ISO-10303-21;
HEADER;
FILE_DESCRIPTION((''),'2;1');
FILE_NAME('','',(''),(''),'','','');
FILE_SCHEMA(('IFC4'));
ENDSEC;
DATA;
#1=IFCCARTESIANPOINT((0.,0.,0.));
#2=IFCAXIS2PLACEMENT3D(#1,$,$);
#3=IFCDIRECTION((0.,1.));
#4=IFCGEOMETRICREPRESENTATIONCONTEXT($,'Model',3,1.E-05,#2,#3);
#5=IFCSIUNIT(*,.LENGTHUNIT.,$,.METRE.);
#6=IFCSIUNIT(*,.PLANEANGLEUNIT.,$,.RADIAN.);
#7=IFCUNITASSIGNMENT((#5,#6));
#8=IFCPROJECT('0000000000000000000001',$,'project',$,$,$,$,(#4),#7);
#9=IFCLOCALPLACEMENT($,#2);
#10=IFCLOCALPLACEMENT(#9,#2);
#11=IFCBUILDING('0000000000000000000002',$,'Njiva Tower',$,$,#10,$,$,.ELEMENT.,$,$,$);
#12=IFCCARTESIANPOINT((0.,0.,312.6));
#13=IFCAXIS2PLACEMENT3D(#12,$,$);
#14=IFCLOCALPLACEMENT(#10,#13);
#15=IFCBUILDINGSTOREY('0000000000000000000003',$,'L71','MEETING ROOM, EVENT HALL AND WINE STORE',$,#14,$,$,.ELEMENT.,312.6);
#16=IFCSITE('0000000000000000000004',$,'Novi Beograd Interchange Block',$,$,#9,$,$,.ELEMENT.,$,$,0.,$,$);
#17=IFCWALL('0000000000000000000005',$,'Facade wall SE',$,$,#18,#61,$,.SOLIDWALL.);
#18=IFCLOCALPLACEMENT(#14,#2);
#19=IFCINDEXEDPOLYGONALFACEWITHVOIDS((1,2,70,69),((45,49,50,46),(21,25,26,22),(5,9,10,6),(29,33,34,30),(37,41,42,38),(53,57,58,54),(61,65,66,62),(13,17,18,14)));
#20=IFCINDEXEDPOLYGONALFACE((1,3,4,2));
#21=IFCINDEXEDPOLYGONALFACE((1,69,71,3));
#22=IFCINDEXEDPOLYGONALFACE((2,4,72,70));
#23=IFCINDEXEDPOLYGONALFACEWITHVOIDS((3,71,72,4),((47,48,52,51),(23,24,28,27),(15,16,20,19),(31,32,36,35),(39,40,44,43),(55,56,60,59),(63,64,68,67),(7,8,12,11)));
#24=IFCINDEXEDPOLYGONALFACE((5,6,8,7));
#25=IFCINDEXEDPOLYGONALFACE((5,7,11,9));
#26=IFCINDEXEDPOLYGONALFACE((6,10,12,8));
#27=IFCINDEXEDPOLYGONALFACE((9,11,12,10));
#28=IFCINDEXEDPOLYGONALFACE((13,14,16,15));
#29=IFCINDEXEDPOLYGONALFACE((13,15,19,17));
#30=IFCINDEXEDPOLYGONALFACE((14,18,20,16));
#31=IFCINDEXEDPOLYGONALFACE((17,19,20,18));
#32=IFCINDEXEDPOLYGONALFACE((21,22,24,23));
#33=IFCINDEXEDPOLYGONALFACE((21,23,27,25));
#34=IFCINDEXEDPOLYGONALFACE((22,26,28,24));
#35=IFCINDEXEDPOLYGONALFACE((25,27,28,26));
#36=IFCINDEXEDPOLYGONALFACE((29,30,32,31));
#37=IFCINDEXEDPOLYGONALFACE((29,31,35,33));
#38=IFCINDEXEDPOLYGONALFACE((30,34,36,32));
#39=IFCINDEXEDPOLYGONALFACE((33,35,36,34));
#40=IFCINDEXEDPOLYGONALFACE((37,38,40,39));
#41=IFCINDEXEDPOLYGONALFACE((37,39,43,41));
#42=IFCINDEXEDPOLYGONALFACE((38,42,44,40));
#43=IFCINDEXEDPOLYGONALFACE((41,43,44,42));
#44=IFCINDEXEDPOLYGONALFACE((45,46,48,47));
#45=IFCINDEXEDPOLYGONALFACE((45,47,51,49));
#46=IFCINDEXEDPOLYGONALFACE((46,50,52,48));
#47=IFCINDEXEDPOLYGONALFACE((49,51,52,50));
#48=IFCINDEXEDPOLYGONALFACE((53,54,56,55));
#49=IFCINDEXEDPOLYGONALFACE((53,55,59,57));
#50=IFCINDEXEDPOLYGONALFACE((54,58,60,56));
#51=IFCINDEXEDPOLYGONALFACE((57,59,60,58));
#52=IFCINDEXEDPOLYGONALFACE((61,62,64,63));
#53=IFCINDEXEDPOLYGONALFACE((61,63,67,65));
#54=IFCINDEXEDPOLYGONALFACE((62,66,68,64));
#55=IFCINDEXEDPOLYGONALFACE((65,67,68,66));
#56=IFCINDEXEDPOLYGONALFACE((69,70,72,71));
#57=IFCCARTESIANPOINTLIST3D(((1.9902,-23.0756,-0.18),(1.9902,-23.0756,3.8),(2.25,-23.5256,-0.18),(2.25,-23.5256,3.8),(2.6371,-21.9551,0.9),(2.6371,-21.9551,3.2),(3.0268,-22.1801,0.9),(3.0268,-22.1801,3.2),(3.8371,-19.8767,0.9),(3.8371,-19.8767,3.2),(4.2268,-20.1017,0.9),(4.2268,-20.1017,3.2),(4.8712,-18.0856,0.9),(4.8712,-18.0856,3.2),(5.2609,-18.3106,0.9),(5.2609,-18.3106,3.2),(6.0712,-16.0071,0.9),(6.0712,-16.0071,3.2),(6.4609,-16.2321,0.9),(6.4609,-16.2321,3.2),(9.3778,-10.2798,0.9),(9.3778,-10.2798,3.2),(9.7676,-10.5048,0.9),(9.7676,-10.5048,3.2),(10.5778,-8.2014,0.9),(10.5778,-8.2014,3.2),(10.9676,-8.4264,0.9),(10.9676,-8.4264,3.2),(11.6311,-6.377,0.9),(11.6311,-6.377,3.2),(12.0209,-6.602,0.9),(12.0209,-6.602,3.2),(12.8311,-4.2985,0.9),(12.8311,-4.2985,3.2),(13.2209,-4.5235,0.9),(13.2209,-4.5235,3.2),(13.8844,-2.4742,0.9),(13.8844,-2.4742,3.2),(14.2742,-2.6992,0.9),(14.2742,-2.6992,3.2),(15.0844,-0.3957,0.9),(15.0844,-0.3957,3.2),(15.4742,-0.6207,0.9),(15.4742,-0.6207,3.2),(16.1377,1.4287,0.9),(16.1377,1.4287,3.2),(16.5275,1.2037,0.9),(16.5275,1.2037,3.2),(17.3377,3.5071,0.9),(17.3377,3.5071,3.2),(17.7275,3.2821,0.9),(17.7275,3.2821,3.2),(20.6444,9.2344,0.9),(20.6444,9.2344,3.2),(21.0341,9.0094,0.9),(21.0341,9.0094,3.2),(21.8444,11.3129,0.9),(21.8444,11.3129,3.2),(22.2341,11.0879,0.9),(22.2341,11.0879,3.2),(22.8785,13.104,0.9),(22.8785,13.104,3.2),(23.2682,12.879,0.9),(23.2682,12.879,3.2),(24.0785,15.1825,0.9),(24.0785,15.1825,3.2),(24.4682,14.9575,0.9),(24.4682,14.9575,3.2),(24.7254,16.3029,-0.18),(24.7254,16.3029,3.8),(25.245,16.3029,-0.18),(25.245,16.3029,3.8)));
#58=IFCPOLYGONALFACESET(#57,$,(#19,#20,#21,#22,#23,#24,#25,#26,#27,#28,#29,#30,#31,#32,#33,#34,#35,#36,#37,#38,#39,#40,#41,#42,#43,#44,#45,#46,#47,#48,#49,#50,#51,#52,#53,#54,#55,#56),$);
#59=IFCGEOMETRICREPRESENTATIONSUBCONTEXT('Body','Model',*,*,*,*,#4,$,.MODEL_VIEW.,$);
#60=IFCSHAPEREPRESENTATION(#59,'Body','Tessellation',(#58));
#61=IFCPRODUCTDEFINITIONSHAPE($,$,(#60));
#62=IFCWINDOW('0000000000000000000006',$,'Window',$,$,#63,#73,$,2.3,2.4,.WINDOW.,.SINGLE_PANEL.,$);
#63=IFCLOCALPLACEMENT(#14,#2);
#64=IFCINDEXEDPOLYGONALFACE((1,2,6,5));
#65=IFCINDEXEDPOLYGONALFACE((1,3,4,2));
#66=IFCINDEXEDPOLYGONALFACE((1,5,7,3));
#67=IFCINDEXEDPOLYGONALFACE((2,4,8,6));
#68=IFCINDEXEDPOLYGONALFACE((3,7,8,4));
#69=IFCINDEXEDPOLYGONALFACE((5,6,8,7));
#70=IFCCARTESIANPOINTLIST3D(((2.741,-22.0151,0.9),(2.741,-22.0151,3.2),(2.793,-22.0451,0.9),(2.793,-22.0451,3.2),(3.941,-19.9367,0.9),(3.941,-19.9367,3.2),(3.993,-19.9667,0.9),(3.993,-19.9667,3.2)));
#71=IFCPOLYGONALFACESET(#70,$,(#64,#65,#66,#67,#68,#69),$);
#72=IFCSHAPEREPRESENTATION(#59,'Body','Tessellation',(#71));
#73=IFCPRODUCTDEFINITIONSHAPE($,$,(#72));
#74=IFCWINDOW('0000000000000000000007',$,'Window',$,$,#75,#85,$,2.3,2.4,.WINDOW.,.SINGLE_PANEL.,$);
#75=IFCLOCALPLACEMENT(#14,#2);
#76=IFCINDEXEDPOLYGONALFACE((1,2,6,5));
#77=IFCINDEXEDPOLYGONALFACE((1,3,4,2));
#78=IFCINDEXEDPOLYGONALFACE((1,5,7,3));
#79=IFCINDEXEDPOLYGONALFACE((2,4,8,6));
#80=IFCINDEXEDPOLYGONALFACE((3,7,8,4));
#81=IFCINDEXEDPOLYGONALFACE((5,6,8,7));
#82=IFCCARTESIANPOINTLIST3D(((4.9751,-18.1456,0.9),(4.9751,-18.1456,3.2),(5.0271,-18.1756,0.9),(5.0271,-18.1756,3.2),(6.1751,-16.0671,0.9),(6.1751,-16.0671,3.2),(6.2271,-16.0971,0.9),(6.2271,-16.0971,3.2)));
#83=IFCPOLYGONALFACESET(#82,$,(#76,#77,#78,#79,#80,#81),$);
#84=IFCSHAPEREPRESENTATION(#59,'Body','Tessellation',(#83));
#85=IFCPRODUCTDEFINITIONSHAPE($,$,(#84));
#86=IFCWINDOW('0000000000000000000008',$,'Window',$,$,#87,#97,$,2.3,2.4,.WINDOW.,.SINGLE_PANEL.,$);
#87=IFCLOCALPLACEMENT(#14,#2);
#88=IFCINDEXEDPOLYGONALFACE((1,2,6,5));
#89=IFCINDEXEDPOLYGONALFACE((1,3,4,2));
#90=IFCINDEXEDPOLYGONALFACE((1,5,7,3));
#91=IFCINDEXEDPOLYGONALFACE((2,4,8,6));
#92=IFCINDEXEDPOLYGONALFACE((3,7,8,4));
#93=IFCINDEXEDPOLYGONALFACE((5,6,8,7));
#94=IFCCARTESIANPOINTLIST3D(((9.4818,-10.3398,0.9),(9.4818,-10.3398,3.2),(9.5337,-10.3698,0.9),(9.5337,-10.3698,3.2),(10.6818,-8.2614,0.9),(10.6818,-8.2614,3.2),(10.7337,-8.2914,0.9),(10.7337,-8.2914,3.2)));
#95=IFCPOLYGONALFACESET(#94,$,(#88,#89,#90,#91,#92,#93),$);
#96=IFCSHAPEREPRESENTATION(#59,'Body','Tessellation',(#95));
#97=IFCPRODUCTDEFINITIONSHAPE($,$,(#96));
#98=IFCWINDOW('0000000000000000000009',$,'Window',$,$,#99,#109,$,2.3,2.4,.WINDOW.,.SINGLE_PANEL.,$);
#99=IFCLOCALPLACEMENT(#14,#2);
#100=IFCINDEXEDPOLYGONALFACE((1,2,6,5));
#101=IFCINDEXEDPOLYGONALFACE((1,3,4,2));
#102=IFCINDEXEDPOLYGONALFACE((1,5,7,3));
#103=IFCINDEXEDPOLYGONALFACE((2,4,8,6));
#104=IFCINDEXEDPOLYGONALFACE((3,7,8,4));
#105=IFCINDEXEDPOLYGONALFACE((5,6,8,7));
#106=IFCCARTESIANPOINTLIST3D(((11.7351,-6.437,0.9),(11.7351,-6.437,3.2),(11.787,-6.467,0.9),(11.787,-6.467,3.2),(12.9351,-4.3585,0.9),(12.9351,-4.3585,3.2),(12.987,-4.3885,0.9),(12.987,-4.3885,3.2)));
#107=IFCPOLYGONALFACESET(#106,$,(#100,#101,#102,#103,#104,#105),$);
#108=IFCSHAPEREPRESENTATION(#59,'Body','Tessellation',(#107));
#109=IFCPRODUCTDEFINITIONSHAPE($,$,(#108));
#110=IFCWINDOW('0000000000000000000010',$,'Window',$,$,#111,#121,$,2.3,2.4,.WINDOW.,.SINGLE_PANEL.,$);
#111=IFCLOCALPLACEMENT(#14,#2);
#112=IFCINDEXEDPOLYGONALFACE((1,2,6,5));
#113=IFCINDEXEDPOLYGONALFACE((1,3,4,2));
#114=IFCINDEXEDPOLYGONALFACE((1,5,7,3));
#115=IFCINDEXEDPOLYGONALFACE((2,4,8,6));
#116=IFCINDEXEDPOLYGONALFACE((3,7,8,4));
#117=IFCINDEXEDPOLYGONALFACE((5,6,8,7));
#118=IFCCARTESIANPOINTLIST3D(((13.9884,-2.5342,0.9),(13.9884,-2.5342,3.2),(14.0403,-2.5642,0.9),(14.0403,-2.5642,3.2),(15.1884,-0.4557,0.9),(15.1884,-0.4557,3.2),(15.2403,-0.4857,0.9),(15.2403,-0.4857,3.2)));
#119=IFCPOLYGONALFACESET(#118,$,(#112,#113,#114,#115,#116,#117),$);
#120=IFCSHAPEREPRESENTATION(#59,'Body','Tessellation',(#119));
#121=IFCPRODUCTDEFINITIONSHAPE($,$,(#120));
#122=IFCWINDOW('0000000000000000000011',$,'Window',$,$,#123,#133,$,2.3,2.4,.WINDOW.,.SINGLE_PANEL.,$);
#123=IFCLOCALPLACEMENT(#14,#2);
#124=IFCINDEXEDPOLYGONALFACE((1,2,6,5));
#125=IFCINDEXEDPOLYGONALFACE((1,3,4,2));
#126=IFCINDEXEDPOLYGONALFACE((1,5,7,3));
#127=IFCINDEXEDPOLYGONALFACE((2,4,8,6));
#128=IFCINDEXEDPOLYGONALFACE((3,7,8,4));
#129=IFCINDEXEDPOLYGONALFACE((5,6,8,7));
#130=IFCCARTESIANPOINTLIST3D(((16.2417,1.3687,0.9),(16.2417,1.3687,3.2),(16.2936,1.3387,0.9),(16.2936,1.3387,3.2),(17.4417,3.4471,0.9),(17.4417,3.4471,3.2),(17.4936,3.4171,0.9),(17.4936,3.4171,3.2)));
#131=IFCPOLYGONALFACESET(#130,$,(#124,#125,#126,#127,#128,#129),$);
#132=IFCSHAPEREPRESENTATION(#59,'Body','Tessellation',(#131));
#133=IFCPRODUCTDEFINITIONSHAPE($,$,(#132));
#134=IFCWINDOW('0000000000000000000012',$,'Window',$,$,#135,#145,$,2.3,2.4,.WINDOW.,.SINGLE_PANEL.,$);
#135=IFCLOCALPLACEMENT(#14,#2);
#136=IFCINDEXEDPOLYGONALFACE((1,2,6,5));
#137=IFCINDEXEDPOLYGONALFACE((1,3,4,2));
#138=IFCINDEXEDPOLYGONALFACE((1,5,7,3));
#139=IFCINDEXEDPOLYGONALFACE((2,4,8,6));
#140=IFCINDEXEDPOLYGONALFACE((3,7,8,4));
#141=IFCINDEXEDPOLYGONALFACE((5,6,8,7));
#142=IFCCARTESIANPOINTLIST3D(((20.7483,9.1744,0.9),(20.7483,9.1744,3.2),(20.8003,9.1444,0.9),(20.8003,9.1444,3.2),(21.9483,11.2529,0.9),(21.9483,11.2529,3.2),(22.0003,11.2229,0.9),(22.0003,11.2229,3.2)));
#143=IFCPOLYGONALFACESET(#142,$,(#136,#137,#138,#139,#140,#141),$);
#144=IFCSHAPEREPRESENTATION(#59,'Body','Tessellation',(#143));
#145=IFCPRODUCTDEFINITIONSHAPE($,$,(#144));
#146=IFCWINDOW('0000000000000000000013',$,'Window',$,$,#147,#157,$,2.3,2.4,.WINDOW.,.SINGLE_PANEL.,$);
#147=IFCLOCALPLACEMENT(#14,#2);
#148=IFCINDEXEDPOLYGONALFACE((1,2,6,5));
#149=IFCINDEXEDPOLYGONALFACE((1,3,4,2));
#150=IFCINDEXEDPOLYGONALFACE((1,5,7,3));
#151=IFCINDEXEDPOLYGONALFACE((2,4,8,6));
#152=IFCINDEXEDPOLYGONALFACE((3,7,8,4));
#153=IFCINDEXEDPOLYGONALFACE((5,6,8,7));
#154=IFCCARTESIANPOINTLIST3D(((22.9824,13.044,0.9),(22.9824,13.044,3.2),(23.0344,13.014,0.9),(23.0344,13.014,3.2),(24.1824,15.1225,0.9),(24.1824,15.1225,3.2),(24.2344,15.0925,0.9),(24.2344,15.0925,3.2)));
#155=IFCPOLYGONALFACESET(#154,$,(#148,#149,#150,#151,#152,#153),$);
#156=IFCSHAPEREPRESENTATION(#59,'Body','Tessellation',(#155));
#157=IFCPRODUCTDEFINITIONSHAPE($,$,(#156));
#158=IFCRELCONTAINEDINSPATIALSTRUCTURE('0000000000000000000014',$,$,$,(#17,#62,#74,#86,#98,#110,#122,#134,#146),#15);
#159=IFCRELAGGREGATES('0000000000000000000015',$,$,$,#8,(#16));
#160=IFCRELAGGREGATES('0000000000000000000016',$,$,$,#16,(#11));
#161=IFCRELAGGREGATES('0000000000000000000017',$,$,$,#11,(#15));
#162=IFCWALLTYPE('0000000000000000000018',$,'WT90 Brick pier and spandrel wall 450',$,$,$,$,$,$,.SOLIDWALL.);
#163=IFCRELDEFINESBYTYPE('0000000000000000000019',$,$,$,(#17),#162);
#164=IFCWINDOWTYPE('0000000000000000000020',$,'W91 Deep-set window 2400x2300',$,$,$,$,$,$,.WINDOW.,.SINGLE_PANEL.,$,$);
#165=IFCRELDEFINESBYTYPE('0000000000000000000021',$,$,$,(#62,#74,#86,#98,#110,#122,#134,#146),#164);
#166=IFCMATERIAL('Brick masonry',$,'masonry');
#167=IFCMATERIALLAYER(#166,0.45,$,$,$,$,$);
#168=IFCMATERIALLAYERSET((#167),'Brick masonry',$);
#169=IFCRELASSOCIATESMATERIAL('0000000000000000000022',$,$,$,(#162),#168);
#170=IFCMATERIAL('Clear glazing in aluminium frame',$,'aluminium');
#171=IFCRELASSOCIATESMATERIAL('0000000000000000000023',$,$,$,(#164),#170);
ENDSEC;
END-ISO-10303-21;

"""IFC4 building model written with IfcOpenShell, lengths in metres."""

from ifc_helpers import new_model, si_unit, direction, frame, frame_2d, origin, place, context, subcontext, project, spatial, polyline, rectangle, outline, extrude, material, layer, layer_set, type_object, element, fill, save


model = new_model("IFC4")

# Units and contexts
model_context = context("Model", 3, precision=1e-05, world=origin(), true_north=direction((0.0, 1.0)))
body_context = subcontext(model_context, "Body", "Model", "MODEL_VIEW")
ifc_project = project(units=[si_unit("LENGTHUNIT", "METRE"), si_unit("PLANEANGLEUNIT", "RADIAN")], contexts=[model_context])

# Site, building, storey
site_placement = place(None, origin())
site = spatial("IfcSite", under=ifc_project, at=site_placement, Name="Novi Beograd Interchange Block", CompositionType="ELEMENT", RefElevation=0.0)
building_placement = place(site_placement, origin())
building = spatial("IfcBuilding", under=site, at=building_placement, Name="Njiva Tower", CompositionType="ELEMENT")
storey_placement = place(building_placement, frame((0.0, 0.0, 312.6)))
storey = spatial("IfcBuildingStorey", under=building, at=storey_placement, Name="L71", Description="MEETING ROOM, EVENT HALL AND WINE STORE", CompositionType="ELEMENT", Elevation=312.6)

# Wall, openings, windows
ifc_material_1 = material(Name="Brick masonry", Category="masonry")
ifc_layer_1 = layer(ifc_material_1, 0.45)
ifc_layer_set_1 = layer_set([ifc_layer_1], Name="Brick masonry")
wall_type_1 = type_object("IfcWallType", Name="WT90 Brick pier and spandrel wall 450", PredefinedType="SOLIDWALL", material=ifc_layer_set_1)
wall_1_placement = place(storey_placement, frame((2.1201, -23.3006, -0.18), z_axis=(0.0, 0.0, 1.0), x_axis=(0.5, 0.866025, 0.0)))
wall_1 = element("IfcWall", 1, at=wall_1_placement, inside=storey, type_object=wall_type_1, Name="Facade wall SE", PredefinedType="SOLIDWALL", context=body_context, shape_type="SweptSolid", body=[
    extrude(outline(polyline([(-0.1299, -0.225), (45.8601, -0.225), (45.6003, 0.225), (0.1299, 0.225), (-0.1299, -0.225)])), origin(), (0.0, 0.0, 1.0), 3.98),
])
opening_1_placement = place(wall_1_placement, frame((1.4237, 0.0, 1.08)))
opening_1 = element("IfcOpeningElement", 2, at=opening_1_placement, cuts=wall_1, PredefinedType="OPENING", context=body_context, shape_type="SweptSolid", body=[
    extrude(rectangle(XDim=2.4, YDim=2.3, at=frame_2d((1.2, 1.15))), frame((0.0, 0.235, 0.0), z_axis=(0.0, -1.0, 0.0), x_axis=(1.0, 0.0, 0.0)), (0.0, 0.0, 1.0), 0.47),
])
opening_2_placement = place(wall_1_placement, frame((5.8919, 0.0, 1.08)))
opening_2 = element("IfcOpeningElement", 3, at=opening_2_placement, cuts=wall_1, PredefinedType="OPENING", context=body_context, shape_type="SweptSolid", body=[
    extrude(rectangle(XDim=2.4, YDim=2.3, at=frame_2d((1.2, 1.15))), frame((0.0, 0.235, 0.0), z_axis=(0.0, -1.0, 0.0), x_axis=(1.0, 0.0, 0.0)), (0.0, 0.0, 1.0), 0.47),
])
opening_3_placement = place(wall_1_placement, frame((14.9052, 0.0, 1.08)))
opening_3 = element("IfcOpeningElement", 4, at=opening_3_placement, cuts=wall_1, PredefinedType="OPENING", context=body_context, shape_type="SweptSolid", body=[
    extrude(rectangle(XDim=2.4, YDim=2.3, at=frame_2d((1.2, 1.15))), frame((0.0, 0.235, 0.0), z_axis=(0.0, -1.0, 0.0), x_axis=(1.0, 0.0, 0.0)), (0.0, 0.0, 1.0), 0.47),
])
opening_4_placement = place(wall_1_placement, frame((19.4118, 0.0, 1.08)))
opening_4 = element("IfcOpeningElement", 5, at=opening_4_placement, cuts=wall_1, PredefinedType="OPENING", context=body_context, shape_type="SweptSolid", body=[
    extrude(rectangle(XDim=2.4, YDim=2.3, at=frame_2d((1.2, 1.15))), frame((0.0, 0.235, 0.0), z_axis=(0.0, -1.0, 0.0), x_axis=(1.0, 0.0, 0.0)), (0.0, 0.0, 1.0), 0.47),
])
opening_5_placement = place(wall_1_placement, frame((23.9184, 0.0, 1.08)))
opening_5 = element("IfcOpeningElement", 6, at=opening_5_placement, cuts=wall_1, PredefinedType="OPENING", context=body_context, shape_type="SweptSolid", body=[
    extrude(rectangle(XDim=2.4, YDim=2.3, at=frame_2d((1.2, 1.15))), frame((0.0, 0.235, 0.0), z_axis=(0.0, -1.0, 0.0), x_axis=(1.0, 0.0, 0.0)), (0.0, 0.0, 1.0), 0.47),
])
opening_6_placement = place(wall_1_placement, frame((28.425, 0.0, 1.08)))
opening_6 = element("IfcOpeningElement", 7, at=opening_6_placement, cuts=wall_1, PredefinedType="OPENING", context=body_context, shape_type="SweptSolid", body=[
    extrude(rectangle(XDim=2.4, YDim=2.3, at=frame_2d((1.2, 1.15))), frame((0.0, 0.235, 0.0), z_axis=(0.0, -1.0, 0.0), x_axis=(1.0, 0.0, 0.0)), (0.0, 0.0, 1.0), 0.47),
])
opening_7_placement = place(wall_1_placement, frame((37.4383, 0.0, 1.08)))
opening_7 = element("IfcOpeningElement", 8, at=opening_7_placement, cuts=wall_1, PredefinedType="OPENING", context=body_context, shape_type="SweptSolid", body=[
    extrude(rectangle(XDim=2.4, YDim=2.3, at=frame_2d((1.2, 1.15))), frame((0.0, 0.235, 0.0), z_axis=(0.0, -1.0, 0.0), x_axis=(1.0, 0.0, 0.0)), (0.0, 0.0, 1.0), 0.47),
])
opening_8_placement = place(wall_1_placement, frame((41.9065, 0.0, 1.08)))
opening_8 = element("IfcOpeningElement", 9, at=opening_8_placement, cuts=wall_1, PredefinedType="OPENING", context=body_context, shape_type="SweptSolid", body=[
    extrude(rectangle(XDim=2.4, YDim=2.3, at=frame_2d((1.2, 1.15))), frame((0.0, 0.235, 0.0), z_axis=(0.0, -1.0, 0.0), x_axis=(1.0, 0.0, 0.0)), (0.0, 0.0, 1.0), 0.47),
])
ifc_material_2 = material(Name="Clear glazing in aluminium frame", Category="aluminium")
window_type = type_object("IfcWindowType", Name="W91 Deep-set window 2400x2300", PartitioningType="SINGLE_PANEL", PredefinedType="WINDOW", material=ifc_material_2)
window_1_placement = place(opening_1_placement, origin())
window_1 = element("IfcWindow", 10, at=window_1_placement, inside=storey, type_object=window_type, Name="Window", OverallHeight=2.3, OverallWidth=2.4, PartitioningType="SINGLE_PANEL", PredefinedType="WINDOW", context=body_context, shape_type="SweptSolid", body=[
    extrude(rectangle(XDim=2.4, YDim=2.3, at=frame_2d((1.2, 1.15))), frame((0.0, 0.105, 0.0), z_axis=(0.0, -1.0, 0.0), x_axis=(1.0, 0.0, 0.0)), (0.0, 0.0, 1.0), 0.06),
])
fill(opening_1, window_1)
window_2_placement = place(opening_2_placement, origin())
window_2 = element("IfcWindow", 11, at=window_2_placement, inside=storey, type_object=window_type, Name="Window", OverallHeight=2.3, OverallWidth=2.4, PartitioningType="SINGLE_PANEL", PredefinedType="WINDOW", context=body_context, shape_type="SweptSolid", body=[
    extrude(rectangle(XDim=2.4, YDim=2.3, at=frame_2d((1.2, 1.15))), frame((0.0, 0.105, 0.0), z_axis=(0.0, -1.0, 0.0), x_axis=(1.0, 0.0, 0.0)), (0.0, 0.0, 1.0), 0.06),
])
fill(opening_2, window_2)
window_3_placement = place(opening_3_placement, origin())
window_3 = element("IfcWindow", 12, at=window_3_placement, inside=storey, type_object=window_type, Name="Window", OverallHeight=2.3, OverallWidth=2.4, PartitioningType="SINGLE_PANEL", PredefinedType="WINDOW", context=body_context, shape_type="SweptSolid", body=[
    extrude(rectangle(XDim=2.4, YDim=2.3, at=frame_2d((1.2, 1.15))), frame((0.0, 0.105, 0.0), z_axis=(0.0, -1.0, 0.0), x_axis=(1.0, 0.0, 0.0)), (0.0, 0.0, 1.0), 0.06),
])
fill(opening_3, window_3)
window_4_placement = place(opening_4_placement, origin())
window_4 = element("IfcWindow", 13, at=window_4_placement, inside=storey, type_object=window_type, Name="Window", OverallHeight=2.3, OverallWidth=2.4, PartitioningType="SINGLE_PANEL", PredefinedType="WINDOW", context=body_context, shape_type="SweptSolid", body=[
    extrude(rectangle(XDim=2.4, YDim=2.3, at=frame_2d((1.2, 1.15))), frame((0.0, 0.105, 0.0), z_axis=(0.0, -1.0, 0.0), x_axis=(1.0, 0.0, 0.0)), (0.0, 0.0, 1.0), 0.06),
])
fill(opening_4, window_4)
window_5_placement = place(opening_5_placement, origin())
window_5 = element("IfcWindow", 14, at=window_5_placement, inside=storey, type_object=window_type, Name="Window", OverallHeight=2.3, OverallWidth=2.4, PartitioningType="SINGLE_PANEL", PredefinedType="WINDOW", context=body_context, shape_type="SweptSolid", body=[
    extrude(rectangle(XDim=2.4, YDim=2.3, at=frame_2d((1.2, 1.15))), frame((0.0, 0.105, 0.0), z_axis=(0.0, -1.0, 0.0), x_axis=(1.0, 0.0, 0.0)), (0.0, 0.0, 1.0), 0.06),
])
fill(opening_5, window_5)
window_6_placement = place(opening_6_placement, origin())
window_6 = element("IfcWindow", 15, at=window_6_placement, inside=storey, type_object=window_type, Name="Window", OverallHeight=2.3, OverallWidth=2.4, PartitioningType="SINGLE_PANEL", PredefinedType="WINDOW", context=body_context, shape_type="SweptSolid", body=[
    extrude(rectangle(XDim=2.4, YDim=2.3, at=frame_2d((1.2, 1.15))), frame((0.0, 0.105, 0.0), z_axis=(0.0, -1.0, 0.0), x_axis=(1.0, 0.0, 0.0)), (0.0, 0.0, 1.0), 0.06),
])
fill(opening_6, window_6)
window_7_placement = place(opening_7_placement, origin())
window_7 = element("IfcWindow", 16, at=window_7_placement, inside=storey, type_object=window_type, Name="Window", OverallHeight=2.3, OverallWidth=2.4, PartitioningType="SINGLE_PANEL", PredefinedType="WINDOW", context=body_context, shape_type="SweptSolid", body=[
    extrude(rectangle(XDim=2.4, YDim=2.3, at=frame_2d((1.2, 1.15))), frame((0.0, 0.105, 0.0), z_axis=(0.0, -1.0, 0.0), x_axis=(1.0, 0.0, 0.0)), (0.0, 0.0, 1.0), 0.06),
])
fill(opening_7, window_7)
window_8_placement = place(opening_8_placement, origin())
window_8 = element("IfcWindow", 17, at=window_8_placement, inside=storey, type_object=window_type, Name="Window", OverallHeight=2.3, OverallWidth=2.4, PartitioningType="SINGLE_PANEL", PredefinedType="WINDOW", context=body_context, shape_type="SweptSolid", body=[
    extrude(rectangle(XDim=2.4, YDim=2.3, at=frame_2d((1.2, 1.15))), frame((0.0, 0.105, 0.0), z_axis=(0.0, -1.0, 0.0), x_axis=(1.0, 0.0, 0.0)), (0.0, 0.0, 1.0), 0.06),
])
fill(opening_8, window_8)

save(model, "model.ifc")
